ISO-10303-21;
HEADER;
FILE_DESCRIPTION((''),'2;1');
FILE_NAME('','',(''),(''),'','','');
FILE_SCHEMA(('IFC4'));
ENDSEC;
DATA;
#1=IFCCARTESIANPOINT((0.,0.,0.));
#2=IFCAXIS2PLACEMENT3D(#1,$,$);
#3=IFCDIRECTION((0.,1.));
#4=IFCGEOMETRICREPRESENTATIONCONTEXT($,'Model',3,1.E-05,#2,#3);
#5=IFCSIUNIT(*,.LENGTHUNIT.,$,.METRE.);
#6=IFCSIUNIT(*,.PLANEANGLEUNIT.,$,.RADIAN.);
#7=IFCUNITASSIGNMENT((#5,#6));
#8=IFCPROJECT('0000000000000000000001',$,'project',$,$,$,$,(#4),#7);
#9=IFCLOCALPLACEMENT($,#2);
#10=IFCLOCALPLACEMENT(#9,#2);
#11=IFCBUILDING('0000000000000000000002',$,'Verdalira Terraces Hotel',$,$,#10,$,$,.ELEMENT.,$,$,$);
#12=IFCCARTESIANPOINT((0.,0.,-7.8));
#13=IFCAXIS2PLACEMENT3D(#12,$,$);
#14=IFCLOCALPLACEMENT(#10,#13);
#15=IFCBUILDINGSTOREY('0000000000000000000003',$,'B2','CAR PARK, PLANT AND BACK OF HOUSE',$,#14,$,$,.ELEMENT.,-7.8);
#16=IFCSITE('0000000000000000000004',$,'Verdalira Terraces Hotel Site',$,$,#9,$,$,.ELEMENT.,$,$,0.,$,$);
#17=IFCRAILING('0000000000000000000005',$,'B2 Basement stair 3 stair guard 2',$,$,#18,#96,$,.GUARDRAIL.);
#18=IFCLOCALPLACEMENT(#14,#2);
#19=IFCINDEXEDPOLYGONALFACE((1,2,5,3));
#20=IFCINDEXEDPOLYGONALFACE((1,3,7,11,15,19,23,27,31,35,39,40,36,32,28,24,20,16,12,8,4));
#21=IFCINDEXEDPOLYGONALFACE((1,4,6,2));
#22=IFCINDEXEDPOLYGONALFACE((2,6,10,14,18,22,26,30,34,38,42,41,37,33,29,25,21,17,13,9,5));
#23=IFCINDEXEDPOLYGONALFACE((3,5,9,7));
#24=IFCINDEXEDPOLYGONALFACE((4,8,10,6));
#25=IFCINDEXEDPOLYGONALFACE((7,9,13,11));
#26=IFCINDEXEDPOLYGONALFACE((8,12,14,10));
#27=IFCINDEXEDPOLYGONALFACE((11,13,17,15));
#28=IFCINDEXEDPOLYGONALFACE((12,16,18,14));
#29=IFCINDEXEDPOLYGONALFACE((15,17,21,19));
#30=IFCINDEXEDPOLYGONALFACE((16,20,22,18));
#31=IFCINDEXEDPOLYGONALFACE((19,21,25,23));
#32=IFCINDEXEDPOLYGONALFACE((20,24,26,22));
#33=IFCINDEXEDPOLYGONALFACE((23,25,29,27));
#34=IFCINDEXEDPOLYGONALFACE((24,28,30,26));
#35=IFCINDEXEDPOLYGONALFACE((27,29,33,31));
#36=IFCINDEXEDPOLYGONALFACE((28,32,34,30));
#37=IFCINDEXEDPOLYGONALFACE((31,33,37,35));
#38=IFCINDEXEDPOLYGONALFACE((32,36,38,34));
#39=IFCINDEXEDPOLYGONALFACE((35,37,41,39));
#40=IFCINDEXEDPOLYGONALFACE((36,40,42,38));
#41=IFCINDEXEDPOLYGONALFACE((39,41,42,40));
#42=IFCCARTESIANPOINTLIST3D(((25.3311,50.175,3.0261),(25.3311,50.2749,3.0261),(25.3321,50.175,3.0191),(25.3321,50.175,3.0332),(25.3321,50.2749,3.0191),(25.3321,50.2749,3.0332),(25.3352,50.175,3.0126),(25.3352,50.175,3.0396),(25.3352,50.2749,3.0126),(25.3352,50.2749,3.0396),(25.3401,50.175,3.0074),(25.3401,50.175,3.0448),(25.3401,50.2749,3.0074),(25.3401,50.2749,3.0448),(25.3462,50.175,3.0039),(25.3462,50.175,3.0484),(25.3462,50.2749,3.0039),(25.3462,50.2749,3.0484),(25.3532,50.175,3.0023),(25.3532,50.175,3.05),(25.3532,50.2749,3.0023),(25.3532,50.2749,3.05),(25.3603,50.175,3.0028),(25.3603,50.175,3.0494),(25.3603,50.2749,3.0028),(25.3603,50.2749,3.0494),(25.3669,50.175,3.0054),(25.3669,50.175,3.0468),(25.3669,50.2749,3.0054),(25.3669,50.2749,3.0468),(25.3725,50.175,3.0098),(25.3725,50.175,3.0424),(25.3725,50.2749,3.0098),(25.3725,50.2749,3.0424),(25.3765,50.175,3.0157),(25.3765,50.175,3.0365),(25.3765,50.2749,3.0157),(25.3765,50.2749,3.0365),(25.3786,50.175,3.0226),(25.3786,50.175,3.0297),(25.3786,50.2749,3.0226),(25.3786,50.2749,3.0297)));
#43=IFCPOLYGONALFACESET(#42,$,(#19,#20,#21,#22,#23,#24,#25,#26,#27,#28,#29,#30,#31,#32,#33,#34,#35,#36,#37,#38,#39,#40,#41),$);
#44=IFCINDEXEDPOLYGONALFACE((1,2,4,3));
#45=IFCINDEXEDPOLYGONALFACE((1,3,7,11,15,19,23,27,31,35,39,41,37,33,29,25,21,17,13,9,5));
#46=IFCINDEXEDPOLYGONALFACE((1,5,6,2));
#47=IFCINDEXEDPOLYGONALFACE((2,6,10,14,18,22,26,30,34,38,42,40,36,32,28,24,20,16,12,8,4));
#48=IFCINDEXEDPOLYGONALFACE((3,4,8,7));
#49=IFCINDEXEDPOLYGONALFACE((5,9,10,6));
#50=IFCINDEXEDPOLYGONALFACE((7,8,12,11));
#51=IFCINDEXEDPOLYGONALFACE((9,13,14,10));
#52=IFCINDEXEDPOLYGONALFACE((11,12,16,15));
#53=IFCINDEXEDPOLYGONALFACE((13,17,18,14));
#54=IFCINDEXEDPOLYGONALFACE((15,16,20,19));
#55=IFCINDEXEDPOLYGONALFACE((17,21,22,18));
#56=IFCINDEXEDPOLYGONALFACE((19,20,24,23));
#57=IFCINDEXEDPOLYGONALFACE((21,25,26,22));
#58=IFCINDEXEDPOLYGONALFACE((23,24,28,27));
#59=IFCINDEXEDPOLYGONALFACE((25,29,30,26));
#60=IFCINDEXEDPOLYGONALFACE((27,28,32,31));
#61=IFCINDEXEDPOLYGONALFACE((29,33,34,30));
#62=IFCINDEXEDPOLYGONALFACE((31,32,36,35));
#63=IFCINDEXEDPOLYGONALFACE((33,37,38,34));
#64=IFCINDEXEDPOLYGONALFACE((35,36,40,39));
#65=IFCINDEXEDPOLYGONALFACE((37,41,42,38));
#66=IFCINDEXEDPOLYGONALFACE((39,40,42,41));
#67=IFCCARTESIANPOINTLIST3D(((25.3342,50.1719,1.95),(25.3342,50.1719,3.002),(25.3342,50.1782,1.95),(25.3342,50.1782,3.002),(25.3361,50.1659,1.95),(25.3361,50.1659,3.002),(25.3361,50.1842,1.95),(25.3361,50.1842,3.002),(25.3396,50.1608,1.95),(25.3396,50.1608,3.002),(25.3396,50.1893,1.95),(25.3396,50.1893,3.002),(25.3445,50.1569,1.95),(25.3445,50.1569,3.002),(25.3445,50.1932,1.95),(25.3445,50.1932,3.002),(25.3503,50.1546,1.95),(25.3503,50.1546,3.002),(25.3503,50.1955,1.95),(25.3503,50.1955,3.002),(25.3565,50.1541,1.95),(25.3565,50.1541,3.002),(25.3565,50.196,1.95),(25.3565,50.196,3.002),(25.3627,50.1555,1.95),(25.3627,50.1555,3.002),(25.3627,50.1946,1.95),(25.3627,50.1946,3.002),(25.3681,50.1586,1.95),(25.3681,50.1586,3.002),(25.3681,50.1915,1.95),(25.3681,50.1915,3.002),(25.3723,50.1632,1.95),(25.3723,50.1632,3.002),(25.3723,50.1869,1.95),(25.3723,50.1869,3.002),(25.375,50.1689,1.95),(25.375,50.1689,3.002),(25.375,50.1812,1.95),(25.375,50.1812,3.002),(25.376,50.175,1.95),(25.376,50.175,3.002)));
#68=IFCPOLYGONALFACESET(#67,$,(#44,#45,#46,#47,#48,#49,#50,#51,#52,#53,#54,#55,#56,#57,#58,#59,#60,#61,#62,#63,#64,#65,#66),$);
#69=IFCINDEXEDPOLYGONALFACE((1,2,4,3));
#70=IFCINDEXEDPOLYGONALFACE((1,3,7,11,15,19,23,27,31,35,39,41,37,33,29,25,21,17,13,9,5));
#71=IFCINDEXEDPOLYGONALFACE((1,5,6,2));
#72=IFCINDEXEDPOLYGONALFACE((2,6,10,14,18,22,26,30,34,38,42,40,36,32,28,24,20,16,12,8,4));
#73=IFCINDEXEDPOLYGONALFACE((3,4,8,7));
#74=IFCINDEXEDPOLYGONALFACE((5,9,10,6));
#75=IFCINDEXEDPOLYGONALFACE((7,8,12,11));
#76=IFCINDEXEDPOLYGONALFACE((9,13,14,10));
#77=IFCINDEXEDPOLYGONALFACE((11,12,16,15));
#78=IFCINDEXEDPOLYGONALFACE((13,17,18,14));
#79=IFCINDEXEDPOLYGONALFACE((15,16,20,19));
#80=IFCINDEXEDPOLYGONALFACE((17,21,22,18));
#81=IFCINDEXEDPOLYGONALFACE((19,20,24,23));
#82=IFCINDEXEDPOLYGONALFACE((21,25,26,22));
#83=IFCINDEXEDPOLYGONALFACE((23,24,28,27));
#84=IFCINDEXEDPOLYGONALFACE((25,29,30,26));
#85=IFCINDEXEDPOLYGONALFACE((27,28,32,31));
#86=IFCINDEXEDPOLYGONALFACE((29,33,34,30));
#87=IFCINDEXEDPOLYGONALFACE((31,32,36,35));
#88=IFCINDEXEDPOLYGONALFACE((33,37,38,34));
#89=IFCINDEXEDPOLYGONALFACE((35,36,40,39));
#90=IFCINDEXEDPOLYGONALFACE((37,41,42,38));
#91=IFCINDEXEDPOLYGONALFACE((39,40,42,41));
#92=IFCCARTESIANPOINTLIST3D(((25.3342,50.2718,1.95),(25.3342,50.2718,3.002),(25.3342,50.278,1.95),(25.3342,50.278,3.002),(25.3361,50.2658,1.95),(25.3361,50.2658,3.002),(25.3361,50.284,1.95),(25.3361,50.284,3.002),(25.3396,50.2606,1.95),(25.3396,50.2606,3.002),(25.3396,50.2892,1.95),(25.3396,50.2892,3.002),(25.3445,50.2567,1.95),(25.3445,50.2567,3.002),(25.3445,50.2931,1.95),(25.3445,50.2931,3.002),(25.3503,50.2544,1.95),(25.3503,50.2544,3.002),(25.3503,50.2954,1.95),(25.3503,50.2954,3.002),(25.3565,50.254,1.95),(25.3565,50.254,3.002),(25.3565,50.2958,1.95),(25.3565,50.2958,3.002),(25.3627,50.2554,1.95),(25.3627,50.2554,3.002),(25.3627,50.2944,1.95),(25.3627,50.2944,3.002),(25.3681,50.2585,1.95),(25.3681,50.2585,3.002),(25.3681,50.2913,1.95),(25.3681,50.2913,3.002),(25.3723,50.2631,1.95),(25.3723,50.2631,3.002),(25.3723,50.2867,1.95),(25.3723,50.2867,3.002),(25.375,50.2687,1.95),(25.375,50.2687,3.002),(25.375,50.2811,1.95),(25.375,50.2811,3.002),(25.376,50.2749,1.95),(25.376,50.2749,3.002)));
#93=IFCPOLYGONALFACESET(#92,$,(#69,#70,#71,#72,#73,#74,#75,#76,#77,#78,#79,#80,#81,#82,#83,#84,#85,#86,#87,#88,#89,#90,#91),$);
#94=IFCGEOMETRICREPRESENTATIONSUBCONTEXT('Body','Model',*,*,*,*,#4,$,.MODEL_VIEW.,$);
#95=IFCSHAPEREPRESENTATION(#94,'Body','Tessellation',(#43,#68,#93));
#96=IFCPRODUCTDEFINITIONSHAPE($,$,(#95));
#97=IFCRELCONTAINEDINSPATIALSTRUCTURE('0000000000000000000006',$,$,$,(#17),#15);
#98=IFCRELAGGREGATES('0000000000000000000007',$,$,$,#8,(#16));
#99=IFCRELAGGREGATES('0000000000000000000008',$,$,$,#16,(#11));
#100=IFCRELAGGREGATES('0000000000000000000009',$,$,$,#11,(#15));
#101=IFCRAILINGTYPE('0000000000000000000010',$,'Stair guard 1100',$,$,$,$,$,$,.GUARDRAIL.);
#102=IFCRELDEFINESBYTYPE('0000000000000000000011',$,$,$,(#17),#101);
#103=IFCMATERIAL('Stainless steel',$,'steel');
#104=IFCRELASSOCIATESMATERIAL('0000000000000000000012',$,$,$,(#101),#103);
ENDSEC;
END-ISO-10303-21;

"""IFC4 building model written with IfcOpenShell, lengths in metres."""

from ifc_helpers import new_model, si_unit, direction, frame, origin, origin_2d, place, context, subcontext, project, spatial, circle, extrude, material, type_object, element, save


model = new_model("IFC4")

# Units and contexts
model_context = context("Model", 3, precision=1e-05, world=origin(), true_north=direction((0.0, 1.0)))
body_context = subcontext(model_context, "Body", "Model", "MODEL_VIEW")
ifc_project = project(units=[si_unit("LENGTHUNIT", "METRE"), si_unit("PLANEANGLEUNIT", "RADIAN")], contexts=[model_context])

# Site, building, storey
site_placement = place(None, origin())
site = spatial("IfcSite", under=ifc_project, at=site_placement, Name="Verdalira Terraces Hotel Site", CompositionType="ELEMENT", RefElevation=0.0)
building_placement = place(site_placement, origin())
building = spatial("IfcBuilding", under=site, at=building_placement, Name="Verdalira Terraces Hotel", CompositionType="ELEMENT")
storey_placement = place(building_placement, frame((0.0, 0.0, -7.8)))
storey = spatial("IfcBuildingStorey", under=building, at=storey_placement, Name="B2", Description="CAR PARK, PLANT AND BACK OF HOUSE", CompositionType="ELEMENT", Elevation=-7.8)

# Railing
ifc_material_1 = material(Name="Stainless steel", Category="steel")
railing_type_1 = type_object("IfcRailingType", Name="Stair guard 1100", PredefinedType="GUARDRAIL", material=ifc_material_1)
railing_1_placement = place(storey_placement, frame((25.355, 50.175, 1.95)))
element("IfcRailing", 1, at=railing_1_placement, inside=storey, type_object=railing_type_1, Name="B2 Basement stair 3 stair guard 2", PredefinedType="GUARDRAIL", context=body_context, shape_type="SweptSolid", body=[
    extrude(circle(Radius=0.0239, at=origin_2d()), frame((0.0, 0.0, 1.0762), z_axis=(0.0, 1.0, 0.0), x_axis=(-1.0, 0.0, 0.0)), (0.0, 0.0, 1.0), 0.0999),
    extrude(circle(Radius=0.021, at=origin_2d()), origin(), (0.0, 0.0, 1.0), 1.052),
    extrude(circle(Radius=0.021, at=origin_2d()), frame((0.0, 0.0999, 0.0)), (0.0, 0.0, 1.0), 1.052),
])

save(model, "model.ifc")
